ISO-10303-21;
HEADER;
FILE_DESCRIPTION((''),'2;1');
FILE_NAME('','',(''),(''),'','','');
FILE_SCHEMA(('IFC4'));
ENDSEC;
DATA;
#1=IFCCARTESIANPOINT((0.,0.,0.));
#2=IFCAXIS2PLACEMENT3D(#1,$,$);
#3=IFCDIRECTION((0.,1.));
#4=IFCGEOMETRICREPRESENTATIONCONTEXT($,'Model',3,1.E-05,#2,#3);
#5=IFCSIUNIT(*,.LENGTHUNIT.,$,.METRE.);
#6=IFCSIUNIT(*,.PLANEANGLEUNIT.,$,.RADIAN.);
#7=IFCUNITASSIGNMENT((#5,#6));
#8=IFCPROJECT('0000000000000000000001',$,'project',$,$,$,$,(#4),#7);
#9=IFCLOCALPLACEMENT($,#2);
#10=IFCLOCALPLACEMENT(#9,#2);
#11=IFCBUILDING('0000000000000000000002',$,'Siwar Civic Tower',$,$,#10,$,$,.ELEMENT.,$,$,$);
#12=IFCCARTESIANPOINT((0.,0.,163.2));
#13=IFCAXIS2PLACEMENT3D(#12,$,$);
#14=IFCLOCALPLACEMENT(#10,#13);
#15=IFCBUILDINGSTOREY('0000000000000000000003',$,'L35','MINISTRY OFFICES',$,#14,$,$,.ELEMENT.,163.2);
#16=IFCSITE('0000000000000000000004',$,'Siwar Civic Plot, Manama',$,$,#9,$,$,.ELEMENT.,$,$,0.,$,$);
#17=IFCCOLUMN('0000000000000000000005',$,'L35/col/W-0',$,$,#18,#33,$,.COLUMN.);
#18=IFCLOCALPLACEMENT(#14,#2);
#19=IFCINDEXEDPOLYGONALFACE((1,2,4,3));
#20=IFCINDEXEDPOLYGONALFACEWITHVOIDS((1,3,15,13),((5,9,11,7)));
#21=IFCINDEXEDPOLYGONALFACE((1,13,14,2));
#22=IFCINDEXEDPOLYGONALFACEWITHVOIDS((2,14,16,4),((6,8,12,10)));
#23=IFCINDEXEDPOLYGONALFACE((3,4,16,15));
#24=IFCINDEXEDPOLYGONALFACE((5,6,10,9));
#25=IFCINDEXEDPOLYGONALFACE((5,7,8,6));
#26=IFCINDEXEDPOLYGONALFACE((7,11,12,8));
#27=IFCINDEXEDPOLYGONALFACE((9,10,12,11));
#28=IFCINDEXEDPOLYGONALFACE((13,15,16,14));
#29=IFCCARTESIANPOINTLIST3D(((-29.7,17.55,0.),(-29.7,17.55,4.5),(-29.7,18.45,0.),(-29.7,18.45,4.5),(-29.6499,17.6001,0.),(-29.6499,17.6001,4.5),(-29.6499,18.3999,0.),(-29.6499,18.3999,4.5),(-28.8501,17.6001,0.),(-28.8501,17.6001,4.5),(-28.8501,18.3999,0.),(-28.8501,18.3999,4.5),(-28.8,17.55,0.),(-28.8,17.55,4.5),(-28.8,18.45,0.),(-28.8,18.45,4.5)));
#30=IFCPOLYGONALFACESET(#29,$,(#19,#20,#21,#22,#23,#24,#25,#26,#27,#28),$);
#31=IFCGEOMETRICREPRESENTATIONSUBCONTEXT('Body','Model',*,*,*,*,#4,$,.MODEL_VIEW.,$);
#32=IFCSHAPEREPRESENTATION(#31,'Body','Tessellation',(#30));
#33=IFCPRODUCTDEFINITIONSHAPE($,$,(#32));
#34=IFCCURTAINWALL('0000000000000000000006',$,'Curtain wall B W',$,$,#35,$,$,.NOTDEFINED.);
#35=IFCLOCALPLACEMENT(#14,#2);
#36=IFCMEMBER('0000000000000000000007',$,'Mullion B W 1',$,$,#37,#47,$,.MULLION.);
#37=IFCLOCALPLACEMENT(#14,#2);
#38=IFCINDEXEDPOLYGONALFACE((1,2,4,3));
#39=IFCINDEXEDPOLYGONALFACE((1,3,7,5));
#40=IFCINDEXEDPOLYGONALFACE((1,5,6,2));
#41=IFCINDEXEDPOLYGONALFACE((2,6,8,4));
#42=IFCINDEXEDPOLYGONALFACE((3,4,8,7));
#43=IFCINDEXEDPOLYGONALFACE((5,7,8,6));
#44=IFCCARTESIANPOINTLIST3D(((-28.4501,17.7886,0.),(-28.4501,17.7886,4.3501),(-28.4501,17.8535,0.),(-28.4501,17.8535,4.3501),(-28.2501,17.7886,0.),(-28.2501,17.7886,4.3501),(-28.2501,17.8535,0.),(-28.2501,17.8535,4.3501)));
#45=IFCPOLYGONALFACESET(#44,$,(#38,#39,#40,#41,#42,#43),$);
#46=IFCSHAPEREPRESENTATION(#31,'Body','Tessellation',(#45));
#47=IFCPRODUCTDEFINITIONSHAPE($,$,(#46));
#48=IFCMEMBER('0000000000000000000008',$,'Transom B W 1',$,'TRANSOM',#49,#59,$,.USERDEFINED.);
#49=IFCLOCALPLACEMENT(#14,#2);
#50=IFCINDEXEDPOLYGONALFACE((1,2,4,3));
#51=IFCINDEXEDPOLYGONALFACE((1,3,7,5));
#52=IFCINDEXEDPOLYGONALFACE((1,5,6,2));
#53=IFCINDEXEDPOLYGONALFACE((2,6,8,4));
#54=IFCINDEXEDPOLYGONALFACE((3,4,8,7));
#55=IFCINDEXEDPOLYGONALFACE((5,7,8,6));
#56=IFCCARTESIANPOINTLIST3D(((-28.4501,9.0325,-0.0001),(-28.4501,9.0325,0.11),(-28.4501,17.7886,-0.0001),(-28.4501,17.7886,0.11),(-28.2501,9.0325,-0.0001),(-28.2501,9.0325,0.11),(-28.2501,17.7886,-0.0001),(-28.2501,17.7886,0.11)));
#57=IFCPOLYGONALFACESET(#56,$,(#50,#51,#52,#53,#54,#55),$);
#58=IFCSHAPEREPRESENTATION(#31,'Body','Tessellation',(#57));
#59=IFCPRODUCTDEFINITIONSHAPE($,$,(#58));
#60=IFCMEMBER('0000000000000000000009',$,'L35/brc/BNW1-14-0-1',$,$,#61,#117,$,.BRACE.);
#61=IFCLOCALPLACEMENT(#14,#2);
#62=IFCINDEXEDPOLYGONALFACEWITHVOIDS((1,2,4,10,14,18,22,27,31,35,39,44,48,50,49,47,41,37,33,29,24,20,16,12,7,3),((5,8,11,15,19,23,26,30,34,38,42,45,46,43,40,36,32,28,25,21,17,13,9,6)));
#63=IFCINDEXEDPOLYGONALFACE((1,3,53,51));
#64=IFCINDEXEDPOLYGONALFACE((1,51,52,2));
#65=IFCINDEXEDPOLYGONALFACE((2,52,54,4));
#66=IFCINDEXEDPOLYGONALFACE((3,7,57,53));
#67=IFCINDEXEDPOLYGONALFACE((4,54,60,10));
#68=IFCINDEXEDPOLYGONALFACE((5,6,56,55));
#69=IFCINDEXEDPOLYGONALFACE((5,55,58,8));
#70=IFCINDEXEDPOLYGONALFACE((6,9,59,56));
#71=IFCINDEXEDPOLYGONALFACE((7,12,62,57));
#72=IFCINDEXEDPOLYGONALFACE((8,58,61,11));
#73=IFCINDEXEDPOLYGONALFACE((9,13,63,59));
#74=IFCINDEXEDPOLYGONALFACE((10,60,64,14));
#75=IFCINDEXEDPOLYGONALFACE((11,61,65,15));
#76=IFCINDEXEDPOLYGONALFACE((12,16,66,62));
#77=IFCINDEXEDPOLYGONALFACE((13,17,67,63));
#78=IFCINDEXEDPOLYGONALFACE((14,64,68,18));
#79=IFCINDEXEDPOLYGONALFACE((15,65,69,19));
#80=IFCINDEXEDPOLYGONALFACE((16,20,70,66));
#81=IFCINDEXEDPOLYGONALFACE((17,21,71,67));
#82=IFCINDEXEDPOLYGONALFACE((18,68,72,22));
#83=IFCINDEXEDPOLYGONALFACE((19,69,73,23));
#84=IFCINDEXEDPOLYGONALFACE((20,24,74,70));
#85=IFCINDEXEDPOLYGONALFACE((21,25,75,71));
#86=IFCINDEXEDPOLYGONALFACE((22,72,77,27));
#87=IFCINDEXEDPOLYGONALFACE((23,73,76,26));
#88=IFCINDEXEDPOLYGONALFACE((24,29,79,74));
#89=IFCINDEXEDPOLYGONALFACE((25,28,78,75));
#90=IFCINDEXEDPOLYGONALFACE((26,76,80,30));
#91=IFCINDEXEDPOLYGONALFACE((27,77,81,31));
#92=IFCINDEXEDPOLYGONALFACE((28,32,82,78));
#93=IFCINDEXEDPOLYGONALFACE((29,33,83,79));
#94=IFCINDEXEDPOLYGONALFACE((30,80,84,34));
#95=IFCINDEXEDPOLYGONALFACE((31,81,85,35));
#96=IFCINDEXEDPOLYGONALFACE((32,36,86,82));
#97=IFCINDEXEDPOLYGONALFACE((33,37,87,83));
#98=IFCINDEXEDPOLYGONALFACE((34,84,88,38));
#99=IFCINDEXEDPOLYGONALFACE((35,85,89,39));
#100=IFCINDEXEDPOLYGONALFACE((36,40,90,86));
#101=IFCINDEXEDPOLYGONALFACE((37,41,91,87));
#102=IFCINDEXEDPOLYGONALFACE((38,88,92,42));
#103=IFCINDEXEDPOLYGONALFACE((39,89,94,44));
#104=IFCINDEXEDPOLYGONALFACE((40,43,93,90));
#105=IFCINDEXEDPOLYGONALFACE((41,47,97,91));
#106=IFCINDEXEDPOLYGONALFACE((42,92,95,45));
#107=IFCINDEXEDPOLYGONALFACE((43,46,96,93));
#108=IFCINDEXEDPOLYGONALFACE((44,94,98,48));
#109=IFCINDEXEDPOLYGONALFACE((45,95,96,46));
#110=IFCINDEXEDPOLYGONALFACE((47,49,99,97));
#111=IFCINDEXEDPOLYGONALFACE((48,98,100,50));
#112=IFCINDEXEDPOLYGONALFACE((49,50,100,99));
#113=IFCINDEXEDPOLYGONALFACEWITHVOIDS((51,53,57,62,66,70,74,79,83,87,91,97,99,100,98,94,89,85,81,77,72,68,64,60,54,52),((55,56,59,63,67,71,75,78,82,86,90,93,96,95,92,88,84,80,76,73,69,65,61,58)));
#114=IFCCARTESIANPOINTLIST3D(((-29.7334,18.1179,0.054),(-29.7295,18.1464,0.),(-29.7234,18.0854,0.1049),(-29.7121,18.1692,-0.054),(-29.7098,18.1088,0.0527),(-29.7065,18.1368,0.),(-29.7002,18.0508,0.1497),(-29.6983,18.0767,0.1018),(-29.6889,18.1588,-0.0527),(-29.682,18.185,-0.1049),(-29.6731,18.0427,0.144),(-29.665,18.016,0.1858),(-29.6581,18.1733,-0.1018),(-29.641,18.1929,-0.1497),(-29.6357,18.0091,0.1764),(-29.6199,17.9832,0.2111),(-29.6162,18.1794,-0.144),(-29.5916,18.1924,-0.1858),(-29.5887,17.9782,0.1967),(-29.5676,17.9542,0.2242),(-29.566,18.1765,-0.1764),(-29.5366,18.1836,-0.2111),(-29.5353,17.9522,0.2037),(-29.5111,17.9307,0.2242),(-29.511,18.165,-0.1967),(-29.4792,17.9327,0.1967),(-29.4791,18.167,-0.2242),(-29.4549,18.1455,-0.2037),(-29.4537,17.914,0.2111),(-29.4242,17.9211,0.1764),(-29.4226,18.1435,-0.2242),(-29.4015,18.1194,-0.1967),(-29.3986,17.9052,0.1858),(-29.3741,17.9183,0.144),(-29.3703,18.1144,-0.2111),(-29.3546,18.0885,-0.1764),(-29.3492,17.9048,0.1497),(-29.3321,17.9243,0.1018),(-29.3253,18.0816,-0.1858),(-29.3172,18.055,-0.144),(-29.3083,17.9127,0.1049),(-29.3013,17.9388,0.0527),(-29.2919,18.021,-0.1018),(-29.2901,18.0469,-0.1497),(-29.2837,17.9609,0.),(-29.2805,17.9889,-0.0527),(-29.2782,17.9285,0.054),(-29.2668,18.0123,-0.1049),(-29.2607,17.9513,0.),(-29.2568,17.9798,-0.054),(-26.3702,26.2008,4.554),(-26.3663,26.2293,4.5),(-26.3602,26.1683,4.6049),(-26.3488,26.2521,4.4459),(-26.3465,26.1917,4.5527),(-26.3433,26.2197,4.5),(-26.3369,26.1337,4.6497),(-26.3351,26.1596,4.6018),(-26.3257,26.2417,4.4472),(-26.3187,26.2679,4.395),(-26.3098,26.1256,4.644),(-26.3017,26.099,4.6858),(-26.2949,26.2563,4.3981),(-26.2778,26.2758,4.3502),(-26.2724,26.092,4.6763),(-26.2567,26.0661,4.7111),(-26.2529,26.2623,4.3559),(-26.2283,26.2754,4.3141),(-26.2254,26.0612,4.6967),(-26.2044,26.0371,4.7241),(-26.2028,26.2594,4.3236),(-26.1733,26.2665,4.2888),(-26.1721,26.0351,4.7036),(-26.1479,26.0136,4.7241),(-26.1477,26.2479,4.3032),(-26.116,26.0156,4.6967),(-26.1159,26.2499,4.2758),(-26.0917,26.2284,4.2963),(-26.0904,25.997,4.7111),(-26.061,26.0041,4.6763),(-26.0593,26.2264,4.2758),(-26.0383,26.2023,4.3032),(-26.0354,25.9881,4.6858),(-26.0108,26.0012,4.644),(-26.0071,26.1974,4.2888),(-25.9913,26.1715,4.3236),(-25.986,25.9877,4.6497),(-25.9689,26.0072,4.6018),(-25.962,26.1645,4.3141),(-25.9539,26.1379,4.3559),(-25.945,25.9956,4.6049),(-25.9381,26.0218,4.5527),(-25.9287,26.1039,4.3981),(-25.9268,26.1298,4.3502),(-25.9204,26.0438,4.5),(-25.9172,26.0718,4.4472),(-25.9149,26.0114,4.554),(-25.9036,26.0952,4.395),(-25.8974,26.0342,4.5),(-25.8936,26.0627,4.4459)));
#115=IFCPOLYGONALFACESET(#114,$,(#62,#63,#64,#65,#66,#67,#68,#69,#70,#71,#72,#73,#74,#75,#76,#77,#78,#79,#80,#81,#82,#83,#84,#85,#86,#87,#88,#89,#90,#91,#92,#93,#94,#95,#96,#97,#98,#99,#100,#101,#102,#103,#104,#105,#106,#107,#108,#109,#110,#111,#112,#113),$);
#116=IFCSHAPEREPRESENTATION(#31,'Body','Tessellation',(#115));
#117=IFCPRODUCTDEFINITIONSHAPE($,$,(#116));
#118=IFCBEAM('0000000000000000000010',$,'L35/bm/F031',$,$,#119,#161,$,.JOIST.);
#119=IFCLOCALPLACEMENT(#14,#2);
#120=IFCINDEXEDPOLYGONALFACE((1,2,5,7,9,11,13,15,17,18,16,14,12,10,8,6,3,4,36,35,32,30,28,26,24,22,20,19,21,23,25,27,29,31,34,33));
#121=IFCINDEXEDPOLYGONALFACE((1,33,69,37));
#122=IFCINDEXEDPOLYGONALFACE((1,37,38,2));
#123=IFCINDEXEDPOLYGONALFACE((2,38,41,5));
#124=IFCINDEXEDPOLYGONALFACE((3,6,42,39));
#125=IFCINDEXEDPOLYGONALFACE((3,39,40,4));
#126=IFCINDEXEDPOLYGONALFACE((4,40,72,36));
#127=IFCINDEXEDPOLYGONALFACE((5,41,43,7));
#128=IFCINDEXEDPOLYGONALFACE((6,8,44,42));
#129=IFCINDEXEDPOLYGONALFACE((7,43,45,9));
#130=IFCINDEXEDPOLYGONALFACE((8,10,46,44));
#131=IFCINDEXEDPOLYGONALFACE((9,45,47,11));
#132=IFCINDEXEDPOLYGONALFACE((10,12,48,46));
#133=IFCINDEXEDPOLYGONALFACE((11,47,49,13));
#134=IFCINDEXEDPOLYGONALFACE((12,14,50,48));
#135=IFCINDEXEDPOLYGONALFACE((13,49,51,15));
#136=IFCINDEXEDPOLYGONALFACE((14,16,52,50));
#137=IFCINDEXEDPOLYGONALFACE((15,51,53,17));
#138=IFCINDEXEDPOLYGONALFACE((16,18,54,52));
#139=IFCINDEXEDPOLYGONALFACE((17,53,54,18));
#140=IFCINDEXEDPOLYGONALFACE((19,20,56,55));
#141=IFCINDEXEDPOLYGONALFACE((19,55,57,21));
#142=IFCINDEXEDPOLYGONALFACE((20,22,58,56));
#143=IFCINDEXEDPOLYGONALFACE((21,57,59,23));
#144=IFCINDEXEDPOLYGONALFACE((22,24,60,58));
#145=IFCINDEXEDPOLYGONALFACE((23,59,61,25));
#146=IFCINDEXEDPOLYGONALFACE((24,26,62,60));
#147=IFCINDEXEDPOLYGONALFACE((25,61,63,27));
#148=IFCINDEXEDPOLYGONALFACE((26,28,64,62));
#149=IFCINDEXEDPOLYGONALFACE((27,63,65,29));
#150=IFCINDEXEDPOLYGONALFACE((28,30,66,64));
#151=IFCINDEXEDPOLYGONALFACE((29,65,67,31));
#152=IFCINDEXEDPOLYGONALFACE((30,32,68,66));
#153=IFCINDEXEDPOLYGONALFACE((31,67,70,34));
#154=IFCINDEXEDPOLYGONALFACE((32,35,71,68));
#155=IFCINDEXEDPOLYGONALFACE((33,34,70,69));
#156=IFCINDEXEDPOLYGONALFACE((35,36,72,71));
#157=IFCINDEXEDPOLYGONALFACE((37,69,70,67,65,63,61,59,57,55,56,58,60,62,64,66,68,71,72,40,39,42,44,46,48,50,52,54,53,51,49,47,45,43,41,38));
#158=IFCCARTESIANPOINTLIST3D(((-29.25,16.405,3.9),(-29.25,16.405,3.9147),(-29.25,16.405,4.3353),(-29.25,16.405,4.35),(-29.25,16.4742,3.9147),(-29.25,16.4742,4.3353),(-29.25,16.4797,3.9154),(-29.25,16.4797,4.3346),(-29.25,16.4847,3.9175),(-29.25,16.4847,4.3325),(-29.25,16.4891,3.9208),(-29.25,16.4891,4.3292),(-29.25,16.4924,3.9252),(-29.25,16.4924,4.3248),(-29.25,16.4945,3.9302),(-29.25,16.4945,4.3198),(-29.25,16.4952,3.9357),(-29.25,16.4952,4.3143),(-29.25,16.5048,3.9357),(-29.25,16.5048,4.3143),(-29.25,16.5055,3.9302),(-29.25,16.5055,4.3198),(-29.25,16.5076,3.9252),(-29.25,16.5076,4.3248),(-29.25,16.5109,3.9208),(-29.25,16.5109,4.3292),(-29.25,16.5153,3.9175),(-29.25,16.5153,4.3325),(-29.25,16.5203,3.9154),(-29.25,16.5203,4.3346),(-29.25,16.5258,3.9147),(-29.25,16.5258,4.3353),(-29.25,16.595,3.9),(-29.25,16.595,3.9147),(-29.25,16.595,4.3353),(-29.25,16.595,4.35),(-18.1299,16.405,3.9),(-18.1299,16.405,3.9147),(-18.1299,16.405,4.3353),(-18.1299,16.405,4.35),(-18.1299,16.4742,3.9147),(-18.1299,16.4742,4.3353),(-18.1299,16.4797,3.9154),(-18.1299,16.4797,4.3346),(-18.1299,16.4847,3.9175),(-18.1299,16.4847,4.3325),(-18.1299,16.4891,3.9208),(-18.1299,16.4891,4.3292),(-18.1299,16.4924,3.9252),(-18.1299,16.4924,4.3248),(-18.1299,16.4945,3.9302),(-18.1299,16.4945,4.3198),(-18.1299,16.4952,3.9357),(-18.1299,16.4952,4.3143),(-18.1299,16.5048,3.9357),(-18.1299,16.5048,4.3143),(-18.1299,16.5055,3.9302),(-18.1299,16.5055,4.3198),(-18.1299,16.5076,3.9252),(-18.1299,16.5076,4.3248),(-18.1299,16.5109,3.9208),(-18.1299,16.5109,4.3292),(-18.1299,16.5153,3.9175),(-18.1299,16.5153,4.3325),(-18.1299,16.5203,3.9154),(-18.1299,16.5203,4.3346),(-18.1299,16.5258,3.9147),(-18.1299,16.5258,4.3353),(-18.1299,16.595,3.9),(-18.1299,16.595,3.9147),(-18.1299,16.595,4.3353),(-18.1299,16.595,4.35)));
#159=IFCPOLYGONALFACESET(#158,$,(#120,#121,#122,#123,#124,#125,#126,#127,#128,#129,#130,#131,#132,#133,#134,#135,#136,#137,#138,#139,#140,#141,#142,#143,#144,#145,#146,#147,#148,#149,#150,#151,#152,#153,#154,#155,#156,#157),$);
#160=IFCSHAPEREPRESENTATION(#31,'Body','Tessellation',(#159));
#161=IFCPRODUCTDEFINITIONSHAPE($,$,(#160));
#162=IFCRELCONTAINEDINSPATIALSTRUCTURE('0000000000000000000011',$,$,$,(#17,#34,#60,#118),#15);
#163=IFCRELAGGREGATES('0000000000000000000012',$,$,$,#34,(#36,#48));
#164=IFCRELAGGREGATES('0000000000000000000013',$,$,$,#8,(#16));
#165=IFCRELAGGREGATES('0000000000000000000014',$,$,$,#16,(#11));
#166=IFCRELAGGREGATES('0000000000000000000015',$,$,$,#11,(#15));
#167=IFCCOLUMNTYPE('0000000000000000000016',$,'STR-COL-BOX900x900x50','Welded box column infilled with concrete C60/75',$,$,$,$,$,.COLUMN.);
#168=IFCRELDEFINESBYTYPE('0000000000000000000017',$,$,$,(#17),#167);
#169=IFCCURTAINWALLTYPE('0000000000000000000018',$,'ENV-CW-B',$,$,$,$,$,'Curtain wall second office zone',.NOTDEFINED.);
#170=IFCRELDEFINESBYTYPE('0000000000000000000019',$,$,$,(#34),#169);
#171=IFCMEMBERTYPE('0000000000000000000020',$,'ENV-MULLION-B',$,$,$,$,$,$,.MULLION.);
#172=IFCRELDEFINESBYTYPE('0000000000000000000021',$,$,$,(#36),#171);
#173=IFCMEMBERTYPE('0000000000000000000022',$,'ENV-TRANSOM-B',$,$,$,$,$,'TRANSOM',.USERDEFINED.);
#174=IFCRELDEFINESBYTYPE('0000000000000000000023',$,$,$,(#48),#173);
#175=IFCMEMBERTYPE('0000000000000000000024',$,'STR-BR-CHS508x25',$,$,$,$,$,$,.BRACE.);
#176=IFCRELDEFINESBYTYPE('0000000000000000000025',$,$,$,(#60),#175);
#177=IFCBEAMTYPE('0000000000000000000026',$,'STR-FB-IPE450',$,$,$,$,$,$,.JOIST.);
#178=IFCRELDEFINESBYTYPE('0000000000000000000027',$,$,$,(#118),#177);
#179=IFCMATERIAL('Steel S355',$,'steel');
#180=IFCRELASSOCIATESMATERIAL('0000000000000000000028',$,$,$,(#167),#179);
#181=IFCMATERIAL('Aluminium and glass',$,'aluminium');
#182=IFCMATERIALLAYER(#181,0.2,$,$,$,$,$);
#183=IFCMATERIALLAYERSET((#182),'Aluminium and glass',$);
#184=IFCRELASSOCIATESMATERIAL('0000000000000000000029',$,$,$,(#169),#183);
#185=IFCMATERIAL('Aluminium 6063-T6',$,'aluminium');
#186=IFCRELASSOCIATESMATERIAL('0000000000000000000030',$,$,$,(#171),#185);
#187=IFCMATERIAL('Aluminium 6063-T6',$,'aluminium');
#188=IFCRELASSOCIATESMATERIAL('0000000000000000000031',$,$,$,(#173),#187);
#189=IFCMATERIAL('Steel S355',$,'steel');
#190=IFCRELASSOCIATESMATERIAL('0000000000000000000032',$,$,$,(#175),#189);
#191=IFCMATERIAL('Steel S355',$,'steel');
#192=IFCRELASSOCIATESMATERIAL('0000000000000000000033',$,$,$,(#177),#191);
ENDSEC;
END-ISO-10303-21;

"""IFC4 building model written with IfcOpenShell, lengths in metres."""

from ifc_helpers import new_model, si_unit, direction, frame, origin, origin_2d, place, context, subcontext, project, spatial, rectangle, hollow_rectangle, hollow_circle, i_section, extrude, material, layer, layer_set, material_profile, profile_set, type_object, element, aggregate, save


model = new_model("IFC4")

# Units and contexts
model_context = context("Model", 3, precision=1e-05, world=origin(), true_north=direction((0.0, 1.0)))
body_context = subcontext(model_context, "Body", "Model", "MODEL_VIEW")
ifc_project = project(units=[si_unit("LENGTHUNIT", "METRE"), si_unit("PLANEANGLEUNIT", "RADIAN")], contexts=[model_context])

# Site, building, storey
site_placement = place(None, origin())
site = spatial("IfcSite", under=ifc_project, at=site_placement, Name="Siwar Civic Plot, Manama", CompositionType="ELEMENT", RefElevation=0.0)
building_placement = place(site_placement, origin())
building = spatial("IfcBuilding", under=site, at=building_placement, Name="Siwar Civic Tower", CompositionType="ELEMENT")
storey_placement = place(building_placement, frame((0.0, 0.0, 163.2)))
storey = spatial("IfcBuildingStorey", under=building, at=storey_placement, Name="L35", Description="MINISTRY OFFICES", CompositionType="ELEMENT", Elevation=163.2)

# Column
ifc_material_1 = material(Name="Steel S355", Category="steel")
ifc_material_profile_1 = material_profile(ifc_material_1, hollow_rectangle(XDim=0.8999, YDim=0.8999, WallThickness=0.05, at=origin_2d()), Name="BOX900x900x50")
ifc_profile_set_1 = profile_set([ifc_material_profile_1], Name="Steel S355")
column_type = type_object("IfcColumnType", Name="STR-COL-BOX900x900x50", Description="Welded box column infilled with concrete C60/75", PredefinedType="COLUMN", material=ifc_profile_set_1)
column_placement = place(storey_placement, frame((-29.25, 18.0, 0.0), z_axis=(0.0, 0.0, 1.0), x_axis=(1.0, 0.0, 0.0)))
element("IfcColumn", 1, at=column_placement, inside=storey, type_object=column_type, Name="L35/col/W-0", PredefinedType="COLUMN", context=body_context, shape_type="SweptSolid", body=[
    extrude(hollow_rectangle(XDim=0.8999, YDim=0.8999, WallThickness=0.05, at=origin_2d()), origin(), (0.0, 0.0, 1.0), 4.5),
])

# Curtain wall, members
ifc_material_2 = material(Name="Aluminium and glass", Category="aluminium")
ifc_layer_1 = layer(ifc_material_2, 0.2)
ifc_layer_set_1 = layer_set([ifc_layer_1], Name="Aluminium and glass")
curtain_wall_type = type_object("IfcCurtainWallType", Name="ENV-CW-B", ElementType="Curtain wall second office zone", PredefinedType="NOTDEFINED", material=ifc_layer_set_1)
curtain_wall_placement = place(storey_placement, origin())
curtain_wall = element("IfcCurtainWall", 2, at=curtain_wall_placement, inside=storey, type_object=curtain_wall_type, Name="Curtain wall B W", PredefinedType="NOTDEFINED")
ifc_material_3 = material(Name="Aluminium 6063-T6", Category="aluminium")
ifc_material_profile_2 = material_profile(ifc_material_3, rectangle(XDim=0.2, YDim=0.0649, at=origin_2d()), Name="AL 200x65")
ifc_profile_set_2 = profile_set([ifc_material_profile_2], Name="Aluminium 6063-T6")
member_type_1 = type_object("IfcMemberType", Name="ENV-MULLION-B", PredefinedType="MULLION", material=ifc_profile_set_2)
member_1_placement = place(storey_placement, frame((-28.3501, 17.821, 0.0), z_axis=(0.0, 0.0, 1.0), x_axis=(1.0, 0.0, 0.0)))
member_1 = element("IfcMember", 3, at=member_1_placement, type_object=member_type_1, Name="Mullion B W 1", PredefinedType="MULLION", context=body_context, shape_type="SweptSolid", body=[
    extrude(rectangle(XDim=0.2, YDim=0.0649, at=origin_2d()), origin(), (0.0, 0.0, 1.0), 4.3501),
])
ifc_material_4 = material(Name="Aluminium 6063-T6", Category="aluminium")
ifc_material_profile_3 = material_profile(ifc_material_4, rectangle(XDim=0.2, YDim=0.1101, at=origin_2d()), Name="AL 200x110")
ifc_profile_set_3 = profile_set([ifc_material_profile_3], Name="Aluminium 6063-T6")
member_type_2 = type_object("IfcMemberType", Name="ENV-TRANSOM-B", ElementType="TRANSOM", PredefinedType="USERDEFINED", material=ifc_profile_set_3)
member_2_placement = place(storey_placement, frame((-28.3501, 17.7886, 0.0549), z_axis=(0.0, -1.0, 0.0), x_axis=(1.0, 0.0, 0.0)))
member_2 = element("IfcMember", 4, at=member_2_placement, type_object=member_type_2, Name="Transom B W 1", ObjectType="TRANSOM", PredefinedType="USERDEFINED", context=body_context, shape_type="SweptSolid", body=[
    extrude(rectangle(XDim=0.2, YDim=0.1101, at=origin_2d()), origin(), (0.0, 0.0, 1.0), 8.7561),
])
aggregate(curtain_wall, [member_1, member_2])

# Member
ifc_material_5 = material(Name="Steel S355", Category="steel")
ifc_material_profile_4 = material_profile(ifc_material_5, hollow_circle(Radius=0.2539, WallThickness=0.0249, at=origin_2d()), Name="CHS508x25")
ifc_profile_set_4 = profile_set([ifc_material_profile_4], Name="Steel S355")
member_type_3 = type_object("IfcMemberType", Name="STR-BR-CHS508x25", PredefinedType="BRACE", material=ifc_profile_set_4)
member_3_placement = place(storey_placement, frame((-29.4951, 18.0488, 0.0), z_axis=(0.341671, 0.821143, 0.457149), x_axis=(-0.923265, 0.384164, 0.0)))
element("IfcMember", 5, at=member_3_placement, inside=storey, type_object=member_type_3, Name="L35/brc/BNW1-14-0-1", PredefinedType="BRACE", context=body_context, shape_type="SweptSolid", body=[
    extrude(hollow_circle(Radius=0.2539, WallThickness=0.0249, at=origin_2d()), origin(), (0.0, 0.0, 1.0), 9.8435),
])

# Beam
ifc_material_6 = material(Name="Steel S355", Category="steel")
ifc_material_profile_5 = material_profile(ifc_material_6, i_section(OverallWidth=0.1899, OverallDepth=0.45, WebThickness=0.0095, FlangeThickness=0.0146, FilletRadius=0.021, at=origin_2d()), Name="IPE450")
ifc_profile_set_5 = profile_set([ifc_material_profile_5], Name="Steel S355")
beam_type_1 = type_object("IfcBeamType", Name="STR-FB-IPE450", PredefinedType="JOIST", material=ifc_profile_set_5)
beam_1_placement = place(storey_placement, frame((-29.25, 16.5, 4.125), z_axis=(1.0, 0.0, 0.0), x_axis=(0.0, 1.0, 0.0)))
element("IfcBeam", 6, at=beam_1_placement, inside=storey, type_object=beam_type_1, Name="L35/bm/F031", PredefinedType="JOIST", context=body_context, shape_type="SweptSolid", body=[
    extrude(i_section(OverallWidth=0.1899, OverallDepth=0.45, WebThickness=0.0095, FlangeThickness=0.0146, FilletRadius=0.021, at=origin_2d()), origin(), (0.0, 0.0, 1.0), 11.1201),
])

save(model, "model.ifc")
